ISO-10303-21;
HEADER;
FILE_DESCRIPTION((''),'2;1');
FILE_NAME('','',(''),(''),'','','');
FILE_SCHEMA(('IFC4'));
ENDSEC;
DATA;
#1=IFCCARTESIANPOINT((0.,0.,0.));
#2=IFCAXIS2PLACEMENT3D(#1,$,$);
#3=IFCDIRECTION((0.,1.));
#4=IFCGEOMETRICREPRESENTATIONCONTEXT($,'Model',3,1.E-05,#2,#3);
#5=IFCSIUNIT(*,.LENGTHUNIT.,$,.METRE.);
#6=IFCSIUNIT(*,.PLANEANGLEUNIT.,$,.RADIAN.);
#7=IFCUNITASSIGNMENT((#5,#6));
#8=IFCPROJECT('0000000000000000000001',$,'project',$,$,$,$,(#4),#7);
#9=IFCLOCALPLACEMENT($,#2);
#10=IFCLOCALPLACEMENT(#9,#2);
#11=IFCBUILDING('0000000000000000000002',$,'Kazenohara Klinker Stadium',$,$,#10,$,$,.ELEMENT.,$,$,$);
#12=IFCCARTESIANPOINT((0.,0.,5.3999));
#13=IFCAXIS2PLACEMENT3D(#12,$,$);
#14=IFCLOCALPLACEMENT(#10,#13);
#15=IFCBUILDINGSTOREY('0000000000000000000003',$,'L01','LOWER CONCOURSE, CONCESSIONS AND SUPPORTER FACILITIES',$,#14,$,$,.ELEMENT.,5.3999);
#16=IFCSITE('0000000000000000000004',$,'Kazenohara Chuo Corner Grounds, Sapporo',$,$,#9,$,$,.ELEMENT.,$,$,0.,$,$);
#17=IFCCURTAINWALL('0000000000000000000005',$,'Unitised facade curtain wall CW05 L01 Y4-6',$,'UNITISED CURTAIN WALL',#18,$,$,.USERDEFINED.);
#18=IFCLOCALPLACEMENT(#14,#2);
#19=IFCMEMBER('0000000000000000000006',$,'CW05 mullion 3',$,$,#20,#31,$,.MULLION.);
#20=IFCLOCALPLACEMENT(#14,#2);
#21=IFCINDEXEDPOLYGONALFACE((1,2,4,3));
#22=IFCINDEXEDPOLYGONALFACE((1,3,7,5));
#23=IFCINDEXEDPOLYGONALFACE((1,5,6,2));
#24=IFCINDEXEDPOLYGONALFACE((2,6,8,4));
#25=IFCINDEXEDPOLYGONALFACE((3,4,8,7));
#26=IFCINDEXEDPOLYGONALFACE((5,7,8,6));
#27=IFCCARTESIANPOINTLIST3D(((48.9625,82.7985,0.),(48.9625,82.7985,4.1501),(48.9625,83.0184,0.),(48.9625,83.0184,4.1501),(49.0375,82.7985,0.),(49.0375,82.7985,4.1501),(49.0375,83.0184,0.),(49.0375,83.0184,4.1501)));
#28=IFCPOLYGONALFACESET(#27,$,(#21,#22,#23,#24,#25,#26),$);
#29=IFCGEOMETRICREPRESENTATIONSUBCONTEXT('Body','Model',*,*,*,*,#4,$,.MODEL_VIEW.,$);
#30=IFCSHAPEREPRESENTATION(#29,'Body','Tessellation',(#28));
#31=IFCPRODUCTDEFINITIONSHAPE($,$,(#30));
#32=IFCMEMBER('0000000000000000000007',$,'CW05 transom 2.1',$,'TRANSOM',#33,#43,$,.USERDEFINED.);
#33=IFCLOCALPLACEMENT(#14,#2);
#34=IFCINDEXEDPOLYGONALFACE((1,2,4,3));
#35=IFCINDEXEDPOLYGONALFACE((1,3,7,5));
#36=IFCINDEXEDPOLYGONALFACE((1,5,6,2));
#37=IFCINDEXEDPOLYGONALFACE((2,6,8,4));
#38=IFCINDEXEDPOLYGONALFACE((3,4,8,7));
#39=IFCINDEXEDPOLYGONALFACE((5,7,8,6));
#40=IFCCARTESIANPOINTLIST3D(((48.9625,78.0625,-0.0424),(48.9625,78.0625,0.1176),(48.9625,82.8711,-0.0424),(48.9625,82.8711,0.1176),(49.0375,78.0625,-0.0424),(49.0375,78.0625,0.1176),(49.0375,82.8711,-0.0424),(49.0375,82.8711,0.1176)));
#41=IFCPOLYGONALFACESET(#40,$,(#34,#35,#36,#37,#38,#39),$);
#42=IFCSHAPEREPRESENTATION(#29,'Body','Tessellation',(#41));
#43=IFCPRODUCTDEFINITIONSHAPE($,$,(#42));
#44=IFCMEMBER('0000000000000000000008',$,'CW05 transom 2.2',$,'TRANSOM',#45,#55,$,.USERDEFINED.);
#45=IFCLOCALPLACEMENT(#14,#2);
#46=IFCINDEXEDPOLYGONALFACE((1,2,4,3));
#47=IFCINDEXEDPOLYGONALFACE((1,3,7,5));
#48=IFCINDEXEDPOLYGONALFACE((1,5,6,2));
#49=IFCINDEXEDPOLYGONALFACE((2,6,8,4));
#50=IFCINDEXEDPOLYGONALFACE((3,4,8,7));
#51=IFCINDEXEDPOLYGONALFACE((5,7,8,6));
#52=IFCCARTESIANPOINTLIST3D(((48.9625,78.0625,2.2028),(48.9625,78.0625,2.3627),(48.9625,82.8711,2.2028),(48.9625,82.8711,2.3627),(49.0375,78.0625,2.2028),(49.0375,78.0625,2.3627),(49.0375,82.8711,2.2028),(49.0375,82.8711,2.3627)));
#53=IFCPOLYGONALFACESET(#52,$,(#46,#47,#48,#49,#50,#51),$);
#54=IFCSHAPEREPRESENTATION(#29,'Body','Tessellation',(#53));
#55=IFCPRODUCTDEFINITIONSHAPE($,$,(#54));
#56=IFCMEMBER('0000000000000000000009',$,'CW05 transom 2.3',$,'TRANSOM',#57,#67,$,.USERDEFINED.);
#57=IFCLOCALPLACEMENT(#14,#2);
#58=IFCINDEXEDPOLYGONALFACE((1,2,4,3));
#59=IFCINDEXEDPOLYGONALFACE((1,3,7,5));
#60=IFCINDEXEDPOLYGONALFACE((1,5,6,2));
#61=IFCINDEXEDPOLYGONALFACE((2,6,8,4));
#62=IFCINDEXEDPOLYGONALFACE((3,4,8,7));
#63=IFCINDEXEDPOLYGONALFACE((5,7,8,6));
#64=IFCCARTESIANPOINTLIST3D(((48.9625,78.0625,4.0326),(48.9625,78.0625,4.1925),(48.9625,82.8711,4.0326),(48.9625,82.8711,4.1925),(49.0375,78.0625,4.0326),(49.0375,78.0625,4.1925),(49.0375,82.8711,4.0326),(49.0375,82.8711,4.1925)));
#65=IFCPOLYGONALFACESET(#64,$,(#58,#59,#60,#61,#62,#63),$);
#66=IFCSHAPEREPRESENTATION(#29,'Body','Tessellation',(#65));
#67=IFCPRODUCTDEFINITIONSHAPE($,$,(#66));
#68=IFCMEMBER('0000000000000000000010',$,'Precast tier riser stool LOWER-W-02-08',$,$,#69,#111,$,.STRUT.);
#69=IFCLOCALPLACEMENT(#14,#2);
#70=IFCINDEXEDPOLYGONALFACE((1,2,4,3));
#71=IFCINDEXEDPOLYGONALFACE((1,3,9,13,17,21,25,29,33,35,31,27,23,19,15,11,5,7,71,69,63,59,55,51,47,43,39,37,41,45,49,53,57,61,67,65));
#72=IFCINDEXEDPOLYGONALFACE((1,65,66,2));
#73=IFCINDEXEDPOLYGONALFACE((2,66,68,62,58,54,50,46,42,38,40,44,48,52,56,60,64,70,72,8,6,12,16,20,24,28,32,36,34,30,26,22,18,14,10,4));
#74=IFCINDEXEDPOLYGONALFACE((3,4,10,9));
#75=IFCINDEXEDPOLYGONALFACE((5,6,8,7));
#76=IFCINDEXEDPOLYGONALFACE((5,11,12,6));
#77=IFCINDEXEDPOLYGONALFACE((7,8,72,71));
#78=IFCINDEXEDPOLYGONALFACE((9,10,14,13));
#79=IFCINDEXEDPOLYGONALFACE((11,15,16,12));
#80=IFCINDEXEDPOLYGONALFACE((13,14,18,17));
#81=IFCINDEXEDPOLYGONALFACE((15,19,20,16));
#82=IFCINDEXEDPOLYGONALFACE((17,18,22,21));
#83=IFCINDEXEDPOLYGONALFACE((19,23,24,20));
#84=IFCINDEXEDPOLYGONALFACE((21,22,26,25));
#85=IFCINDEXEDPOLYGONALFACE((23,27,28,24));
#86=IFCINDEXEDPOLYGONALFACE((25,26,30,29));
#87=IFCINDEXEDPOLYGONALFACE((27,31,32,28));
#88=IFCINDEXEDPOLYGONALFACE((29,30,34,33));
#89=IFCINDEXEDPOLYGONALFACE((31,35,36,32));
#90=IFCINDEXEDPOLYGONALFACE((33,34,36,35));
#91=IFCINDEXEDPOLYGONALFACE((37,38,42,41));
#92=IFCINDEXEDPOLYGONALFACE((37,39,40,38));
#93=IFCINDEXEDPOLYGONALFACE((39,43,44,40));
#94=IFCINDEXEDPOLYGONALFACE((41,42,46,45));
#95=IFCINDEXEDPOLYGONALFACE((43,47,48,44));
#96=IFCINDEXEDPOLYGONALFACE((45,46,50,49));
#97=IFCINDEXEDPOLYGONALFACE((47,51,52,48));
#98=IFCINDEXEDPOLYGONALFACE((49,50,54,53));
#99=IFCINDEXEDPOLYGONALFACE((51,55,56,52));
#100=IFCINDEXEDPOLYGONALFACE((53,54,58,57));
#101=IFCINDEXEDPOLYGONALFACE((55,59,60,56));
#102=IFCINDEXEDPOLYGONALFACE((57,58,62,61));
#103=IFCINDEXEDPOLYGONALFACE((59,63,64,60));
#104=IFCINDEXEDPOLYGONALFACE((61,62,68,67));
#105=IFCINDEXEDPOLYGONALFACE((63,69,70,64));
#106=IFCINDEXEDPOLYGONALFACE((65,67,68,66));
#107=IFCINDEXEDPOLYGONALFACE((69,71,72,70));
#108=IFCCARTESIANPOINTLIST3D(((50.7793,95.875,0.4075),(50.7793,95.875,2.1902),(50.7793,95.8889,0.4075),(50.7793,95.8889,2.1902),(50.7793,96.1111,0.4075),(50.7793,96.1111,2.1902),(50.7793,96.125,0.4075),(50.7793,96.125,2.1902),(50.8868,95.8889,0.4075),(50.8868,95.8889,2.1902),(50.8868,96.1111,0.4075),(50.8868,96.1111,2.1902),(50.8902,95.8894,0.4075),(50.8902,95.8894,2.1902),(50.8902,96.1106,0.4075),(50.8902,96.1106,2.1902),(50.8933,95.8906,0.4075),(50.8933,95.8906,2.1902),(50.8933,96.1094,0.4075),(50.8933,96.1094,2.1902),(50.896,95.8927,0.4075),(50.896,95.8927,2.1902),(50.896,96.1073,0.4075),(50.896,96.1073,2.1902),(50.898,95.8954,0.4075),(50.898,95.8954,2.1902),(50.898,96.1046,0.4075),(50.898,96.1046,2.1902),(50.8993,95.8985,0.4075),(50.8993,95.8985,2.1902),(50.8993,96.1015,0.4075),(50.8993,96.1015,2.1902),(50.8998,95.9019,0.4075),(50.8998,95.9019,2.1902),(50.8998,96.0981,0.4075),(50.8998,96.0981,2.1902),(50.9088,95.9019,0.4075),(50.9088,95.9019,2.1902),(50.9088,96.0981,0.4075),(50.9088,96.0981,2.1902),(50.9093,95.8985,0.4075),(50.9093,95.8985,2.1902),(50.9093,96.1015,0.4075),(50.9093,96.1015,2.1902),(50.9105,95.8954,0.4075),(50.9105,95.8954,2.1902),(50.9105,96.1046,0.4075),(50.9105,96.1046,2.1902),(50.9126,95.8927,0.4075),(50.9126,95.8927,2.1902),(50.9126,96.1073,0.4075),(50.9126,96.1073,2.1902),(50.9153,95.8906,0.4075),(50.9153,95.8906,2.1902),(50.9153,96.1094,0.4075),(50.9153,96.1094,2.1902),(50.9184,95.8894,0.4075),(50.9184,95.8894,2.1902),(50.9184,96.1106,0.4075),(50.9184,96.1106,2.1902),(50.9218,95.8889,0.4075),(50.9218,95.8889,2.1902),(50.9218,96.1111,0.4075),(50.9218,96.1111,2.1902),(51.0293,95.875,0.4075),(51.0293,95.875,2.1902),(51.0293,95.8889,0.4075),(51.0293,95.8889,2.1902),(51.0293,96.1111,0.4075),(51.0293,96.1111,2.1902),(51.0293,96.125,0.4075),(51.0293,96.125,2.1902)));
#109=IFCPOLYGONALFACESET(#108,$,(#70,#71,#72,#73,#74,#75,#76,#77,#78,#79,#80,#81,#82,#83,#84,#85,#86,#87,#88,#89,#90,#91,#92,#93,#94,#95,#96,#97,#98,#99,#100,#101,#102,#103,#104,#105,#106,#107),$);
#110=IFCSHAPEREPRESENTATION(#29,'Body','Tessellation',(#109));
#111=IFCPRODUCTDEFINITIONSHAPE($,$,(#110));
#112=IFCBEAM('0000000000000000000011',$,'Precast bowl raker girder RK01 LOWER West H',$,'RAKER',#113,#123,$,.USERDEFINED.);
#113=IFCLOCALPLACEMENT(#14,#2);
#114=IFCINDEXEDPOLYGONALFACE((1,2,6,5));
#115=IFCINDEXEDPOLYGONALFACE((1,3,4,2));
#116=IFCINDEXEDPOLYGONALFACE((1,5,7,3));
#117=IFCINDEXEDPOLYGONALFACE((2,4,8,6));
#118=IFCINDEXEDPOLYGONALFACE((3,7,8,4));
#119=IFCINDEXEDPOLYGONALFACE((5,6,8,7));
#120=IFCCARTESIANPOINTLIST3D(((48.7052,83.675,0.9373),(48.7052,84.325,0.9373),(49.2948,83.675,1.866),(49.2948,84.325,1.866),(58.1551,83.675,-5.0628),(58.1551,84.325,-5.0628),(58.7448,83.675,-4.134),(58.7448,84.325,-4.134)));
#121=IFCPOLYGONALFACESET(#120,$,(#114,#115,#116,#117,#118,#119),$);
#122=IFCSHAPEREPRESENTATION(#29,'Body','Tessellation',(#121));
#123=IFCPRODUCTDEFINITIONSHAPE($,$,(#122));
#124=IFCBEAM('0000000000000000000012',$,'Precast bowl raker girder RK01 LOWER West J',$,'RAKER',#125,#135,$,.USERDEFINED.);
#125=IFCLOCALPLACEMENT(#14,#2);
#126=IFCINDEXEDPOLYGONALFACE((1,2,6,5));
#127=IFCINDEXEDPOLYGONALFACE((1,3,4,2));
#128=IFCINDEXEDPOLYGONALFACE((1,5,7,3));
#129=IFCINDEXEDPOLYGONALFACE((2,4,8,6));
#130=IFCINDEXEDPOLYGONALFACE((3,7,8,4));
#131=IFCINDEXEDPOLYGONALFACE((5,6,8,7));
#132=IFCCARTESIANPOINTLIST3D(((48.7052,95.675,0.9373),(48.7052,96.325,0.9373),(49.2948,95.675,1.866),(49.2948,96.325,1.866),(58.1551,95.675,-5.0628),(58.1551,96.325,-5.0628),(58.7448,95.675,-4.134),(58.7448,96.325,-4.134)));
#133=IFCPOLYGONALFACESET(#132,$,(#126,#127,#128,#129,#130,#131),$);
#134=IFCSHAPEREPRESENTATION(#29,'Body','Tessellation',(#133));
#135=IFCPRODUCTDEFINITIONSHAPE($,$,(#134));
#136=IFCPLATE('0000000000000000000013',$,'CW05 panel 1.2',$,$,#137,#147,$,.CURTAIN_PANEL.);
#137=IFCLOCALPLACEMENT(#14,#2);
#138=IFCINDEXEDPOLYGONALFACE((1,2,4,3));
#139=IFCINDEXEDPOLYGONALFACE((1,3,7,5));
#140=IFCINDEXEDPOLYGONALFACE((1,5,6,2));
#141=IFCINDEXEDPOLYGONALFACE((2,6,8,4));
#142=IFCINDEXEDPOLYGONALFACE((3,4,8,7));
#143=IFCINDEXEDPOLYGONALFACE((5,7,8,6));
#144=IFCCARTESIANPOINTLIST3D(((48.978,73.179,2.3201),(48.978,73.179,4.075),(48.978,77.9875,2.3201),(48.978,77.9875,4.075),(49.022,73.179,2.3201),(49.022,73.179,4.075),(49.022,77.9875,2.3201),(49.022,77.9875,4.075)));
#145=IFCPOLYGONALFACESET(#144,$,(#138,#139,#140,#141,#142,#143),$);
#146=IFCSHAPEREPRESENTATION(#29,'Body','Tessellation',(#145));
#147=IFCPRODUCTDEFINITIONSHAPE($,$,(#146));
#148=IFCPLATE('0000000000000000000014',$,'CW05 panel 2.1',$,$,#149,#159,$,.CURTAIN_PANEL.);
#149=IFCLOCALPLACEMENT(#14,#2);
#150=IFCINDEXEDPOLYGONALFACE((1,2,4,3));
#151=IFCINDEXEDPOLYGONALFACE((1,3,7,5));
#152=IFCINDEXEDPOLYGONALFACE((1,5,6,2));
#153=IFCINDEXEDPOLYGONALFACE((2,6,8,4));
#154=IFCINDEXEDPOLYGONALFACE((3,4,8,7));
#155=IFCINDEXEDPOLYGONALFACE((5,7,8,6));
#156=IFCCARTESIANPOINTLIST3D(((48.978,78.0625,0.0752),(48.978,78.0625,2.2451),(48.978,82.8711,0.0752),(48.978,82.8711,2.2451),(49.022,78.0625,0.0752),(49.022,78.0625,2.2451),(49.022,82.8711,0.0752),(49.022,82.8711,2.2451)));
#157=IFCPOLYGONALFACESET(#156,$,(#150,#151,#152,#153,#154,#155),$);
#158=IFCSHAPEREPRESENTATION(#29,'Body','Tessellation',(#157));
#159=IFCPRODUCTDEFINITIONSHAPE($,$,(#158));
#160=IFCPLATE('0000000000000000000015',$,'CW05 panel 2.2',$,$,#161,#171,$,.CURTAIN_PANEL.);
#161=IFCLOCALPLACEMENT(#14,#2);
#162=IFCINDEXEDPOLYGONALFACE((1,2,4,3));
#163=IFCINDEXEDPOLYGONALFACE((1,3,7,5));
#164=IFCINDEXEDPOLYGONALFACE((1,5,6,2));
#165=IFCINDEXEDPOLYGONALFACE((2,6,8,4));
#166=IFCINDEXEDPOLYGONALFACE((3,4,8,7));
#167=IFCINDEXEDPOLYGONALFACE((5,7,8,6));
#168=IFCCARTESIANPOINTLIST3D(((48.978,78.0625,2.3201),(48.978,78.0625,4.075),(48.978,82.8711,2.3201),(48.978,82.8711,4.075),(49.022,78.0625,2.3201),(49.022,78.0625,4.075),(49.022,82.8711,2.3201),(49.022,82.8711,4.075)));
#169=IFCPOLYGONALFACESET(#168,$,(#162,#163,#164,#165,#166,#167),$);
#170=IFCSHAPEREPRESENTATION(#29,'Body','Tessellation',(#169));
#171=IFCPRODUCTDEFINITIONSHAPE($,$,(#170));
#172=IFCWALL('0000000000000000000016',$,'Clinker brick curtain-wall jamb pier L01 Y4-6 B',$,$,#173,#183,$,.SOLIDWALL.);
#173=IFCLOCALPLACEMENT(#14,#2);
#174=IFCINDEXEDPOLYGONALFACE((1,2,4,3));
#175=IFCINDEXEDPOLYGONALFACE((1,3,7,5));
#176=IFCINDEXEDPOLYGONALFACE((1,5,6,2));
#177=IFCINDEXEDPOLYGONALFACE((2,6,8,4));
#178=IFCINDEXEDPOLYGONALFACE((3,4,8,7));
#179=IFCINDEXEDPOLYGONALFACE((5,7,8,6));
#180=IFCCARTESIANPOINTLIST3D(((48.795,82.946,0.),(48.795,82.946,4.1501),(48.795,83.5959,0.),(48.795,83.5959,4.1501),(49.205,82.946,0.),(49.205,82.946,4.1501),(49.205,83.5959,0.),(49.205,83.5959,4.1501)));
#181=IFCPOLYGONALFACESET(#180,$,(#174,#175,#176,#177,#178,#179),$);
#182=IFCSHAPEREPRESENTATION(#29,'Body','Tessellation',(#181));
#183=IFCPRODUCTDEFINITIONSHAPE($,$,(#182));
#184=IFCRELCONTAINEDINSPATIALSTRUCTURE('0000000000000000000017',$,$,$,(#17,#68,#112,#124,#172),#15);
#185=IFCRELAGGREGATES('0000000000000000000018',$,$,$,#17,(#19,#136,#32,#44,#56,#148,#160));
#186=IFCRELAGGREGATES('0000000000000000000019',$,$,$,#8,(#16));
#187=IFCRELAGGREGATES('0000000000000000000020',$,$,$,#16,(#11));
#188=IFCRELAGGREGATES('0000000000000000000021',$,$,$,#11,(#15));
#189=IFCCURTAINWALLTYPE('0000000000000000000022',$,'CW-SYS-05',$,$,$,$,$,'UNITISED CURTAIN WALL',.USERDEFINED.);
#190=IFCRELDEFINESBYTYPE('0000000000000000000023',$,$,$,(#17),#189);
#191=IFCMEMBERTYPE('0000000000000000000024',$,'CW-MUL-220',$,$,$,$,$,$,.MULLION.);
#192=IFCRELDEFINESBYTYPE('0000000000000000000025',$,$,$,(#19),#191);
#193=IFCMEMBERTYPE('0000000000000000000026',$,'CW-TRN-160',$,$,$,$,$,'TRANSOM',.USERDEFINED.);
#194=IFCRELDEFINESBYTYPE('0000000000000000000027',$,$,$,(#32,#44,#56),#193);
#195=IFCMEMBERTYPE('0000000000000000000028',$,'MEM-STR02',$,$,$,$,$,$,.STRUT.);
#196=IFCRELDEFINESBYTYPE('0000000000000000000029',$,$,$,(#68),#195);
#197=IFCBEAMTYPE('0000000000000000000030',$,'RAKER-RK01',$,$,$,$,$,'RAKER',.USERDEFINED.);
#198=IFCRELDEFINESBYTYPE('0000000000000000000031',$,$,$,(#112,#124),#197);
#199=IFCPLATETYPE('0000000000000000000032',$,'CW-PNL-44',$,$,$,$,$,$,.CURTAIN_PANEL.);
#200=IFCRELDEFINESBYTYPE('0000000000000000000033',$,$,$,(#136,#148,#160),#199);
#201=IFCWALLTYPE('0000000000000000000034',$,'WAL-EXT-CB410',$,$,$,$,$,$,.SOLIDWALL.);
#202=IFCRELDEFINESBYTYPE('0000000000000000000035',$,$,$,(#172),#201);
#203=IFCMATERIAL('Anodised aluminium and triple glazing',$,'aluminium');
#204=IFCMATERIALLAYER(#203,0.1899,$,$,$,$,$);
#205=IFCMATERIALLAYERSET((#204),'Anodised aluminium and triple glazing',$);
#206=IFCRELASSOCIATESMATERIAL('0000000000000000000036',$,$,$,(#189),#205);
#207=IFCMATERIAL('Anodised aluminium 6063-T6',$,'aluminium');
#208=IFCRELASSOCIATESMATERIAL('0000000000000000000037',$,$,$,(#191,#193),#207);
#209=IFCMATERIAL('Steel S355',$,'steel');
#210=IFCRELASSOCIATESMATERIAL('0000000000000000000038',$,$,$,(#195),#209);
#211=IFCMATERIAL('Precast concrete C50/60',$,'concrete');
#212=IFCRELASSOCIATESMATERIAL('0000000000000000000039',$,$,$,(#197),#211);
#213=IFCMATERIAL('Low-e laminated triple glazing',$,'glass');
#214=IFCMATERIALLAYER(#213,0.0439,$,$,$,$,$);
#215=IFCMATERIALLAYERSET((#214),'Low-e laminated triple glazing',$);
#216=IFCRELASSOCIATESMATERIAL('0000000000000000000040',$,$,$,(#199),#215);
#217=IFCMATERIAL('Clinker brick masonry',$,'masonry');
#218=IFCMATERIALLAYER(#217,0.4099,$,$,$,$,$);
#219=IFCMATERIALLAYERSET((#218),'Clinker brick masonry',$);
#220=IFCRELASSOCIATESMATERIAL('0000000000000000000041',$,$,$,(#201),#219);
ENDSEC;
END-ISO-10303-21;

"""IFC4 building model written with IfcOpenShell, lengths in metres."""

from ifc_helpers import new_model, si_unit, direction, frame, frame_2d, origin, origin_2d, place, context, subcontext, project, spatial, rectangle, i_section, extrude, material, layer, layer_set, material_profile, profile_set, type_object, element, aggregate, save


model = new_model("IFC4")

# Units and contexts
model_context = context("Model", 3, precision=1e-05, world=origin(), true_north=direction((0.0, 1.0)))
body_context = subcontext(model_context, "Body", "Model", "MODEL_VIEW")
ifc_project = project(units=[si_unit("LENGTHUNIT", "METRE"), si_unit("PLANEANGLEUNIT", "RADIAN")], contexts=[model_context])

# Site, building, storey
site_placement = place(None, origin())
site = spatial("IfcSite", under=ifc_project, at=site_placement, Name="Kazenohara Chuo Corner Grounds, Sapporo", CompositionType="ELEMENT", RefElevation=0.0)
building_placement = place(site_placement, origin())
building = spatial("IfcBuilding", under=site, at=building_placement, Name="Kazenohara Klinker Stadium", CompositionType="ELEMENT")
storey_placement = place(building_placement, frame((0.0, 0.0, 5.3999)))
storey = spatial("IfcBuildingStorey", under=building, at=storey_placement, Name="L01", Description="LOWER CONCOURSE, CONCESSIONS AND SUPPORTER FACILITIES", CompositionType="ELEMENT", Elevation=5.3999)

# Shared definitions
ifc_material_1 = material(Name="Steel S355", Category="steel")

# Curtain wall, members
ifc_material_2 = material(Name="Anodised aluminium and triple glazing", Category="aluminium")
ifc_layer_1 = layer(ifc_material_2, 0.1899)
ifc_layer_set_1 = layer_set([ifc_layer_1], Name="Anodised aluminium and triple glazing")
curtain_wall_type = type_object("IfcCurtainWallType", Name="CW-SYS-05", ElementType="UNITISED CURTAIN WALL", PredefinedType="USERDEFINED", material=ifc_layer_set_1)
curtain_wall_placement = place(storey_placement, origin())
curtain_wall = element("IfcCurtainWall", 1, at=curtain_wall_placement, inside=storey, type_object=curtain_wall_type, Name="Unitised facade curtain wall CW05 L01 Y4-6", ObjectType="UNITISED CURTAIN WALL", PredefinedType="USERDEFINED")
ifc_material_3 = material(Name="Anodised aluminium 6063-T6", Category="aluminium")
ifc_material_profile_1 = material_profile(ifc_material_3, rectangle(XDim=0.075, YDim=0.22, at=origin_2d()), Name="ALU-MUL-75x220")
ifc_profile_set_1 = profile_set([ifc_material_profile_1], Name="Anodised aluminium 6063-T6")
member_type_1 = type_object("IfcMemberType", Name="CW-MUL-220", PredefinedType="MULLION", material=ifc_profile_set_1)
member_1_placement = place(storey_placement, frame((49.0, 82.9084, 0.0), z_axis=(0.0, 0.0, 1.0), x_axis=(-1.0, 0.0, 0.0)))
member_1 = element("IfcMember", 2, at=member_1_placement, type_object=member_type_1, Name="CW05 mullion 3", PredefinedType="MULLION", context=body_context, shape_type="SweptSolid", body=[
    extrude(rectangle(XDim=0.075, YDim=0.22, at=origin_2d()), origin(), (0.0, 0.0, 1.0), 4.1501),
])
ifc_material_profile_2 = material_profile(ifc_material_3, rectangle(XDim=0.075, YDim=0.1599, at=origin_2d()), Name="ALU-TRN-75x160")
ifc_profile_set_2 = profile_set([ifc_material_profile_2], Name="Anodised aluminium 6063-T6")
member_type_2 = type_object("IfcMemberType", Name="CW-TRN-160", ElementType="TRANSOM", PredefinedType="USERDEFINED", material=ifc_profile_set_2)
member_2_placement = place(storey_placement, frame((49.0, 78.0625, 0.0376), z_axis=(0.0, 1.0, 0.0), x_axis=(-1.0, 0.0, 0.0)))
member_2 = element("IfcMember", 3, at=member_2_placement, type_object=member_type_2, Name="CW05 transom 2.1", ObjectType="TRANSOM", PredefinedType="USERDEFINED", context=body_context, shape_type="SweptSolid", body=[
    extrude(rectangle(XDim=0.075, YDim=0.1599, at=origin_2d()), origin(), (0.0, 0.0, 1.0), 4.8086),
])
member_3_placement = place(storey_placement, frame((49.0, 78.0625, 2.2827), z_axis=(0.0, 1.0, 0.0), x_axis=(-1.0, 0.0, 0.0)))
member_3 = element("IfcMember", 4, at=member_3_placement, type_object=member_type_2, Name="CW05 transom 2.2", ObjectType="TRANSOM", PredefinedType="USERDEFINED", context=body_context, shape_type="SweptSolid", body=[
    extrude(rectangle(XDim=0.075, YDim=0.1599, at=origin_2d()), origin(), (0.0, 0.0, 1.0), 4.8086),
])
member_4_placement = place(storey_placement, frame((49.0, 78.0625, 4.1125), z_axis=(0.0, 1.0, 0.0), x_axis=(-1.0, 0.0, 0.0)))
member_4 = element("IfcMember", 5, at=member_4_placement, type_object=member_type_2, Name="CW05 transom 2.3", ObjectType="TRANSOM", PredefinedType="USERDEFINED", context=body_context, shape_type="SweptSolid", body=[
    extrude(rectangle(XDim=0.075, YDim=0.1599, at=origin_2d()), origin(), (0.0, 0.0, 1.0), 4.8086),
])

# Member
ifc_material_profile_3 = material_profile(ifc_material_1, i_section(OverallWidth=0.25, OverallDepth=0.25, WebThickness=0.009, FlangeThickness=0.0139, FilletRadius=0.0129, at=origin_2d()), Name="H-250x250x9x14")
ifc_profile_set_3 = profile_set([ifc_material_profile_3], Name="Steel S355")
member_type_3 = type_object("IfcMemberType", Name="MEM-STR02", PredefinedType="STRUT", material=ifc_profile_set_3)
member_5_placement = place(storey_placement, frame((50.9043, 96.0, 0.4075), z_axis=(0.0, 0.0, 1.0), x_axis=(1.0, 0.0, 0.0)))
element("IfcMember", 6, at=member_5_placement, inside=storey, type_object=member_type_3, Name="Precast tier riser stool LOWER-W-02-08", PredefinedType="STRUT", context=body_context, shape_type="SweptSolid", body=[
    extrude(i_section(OverallWidth=0.25, OverallDepth=0.25, WebThickness=0.009, FlangeThickness=0.0139, FilletRadius=0.0129, at=origin_2d()), origin(), (0.0, 0.0, 1.0), 1.7827),
])

# Beams
ifc_material_4 = material(Name="Precast concrete C50/60", Category="concrete")
ifc_material_profile_4 = material_profile(ifc_material_4, rectangle(XDim=0.6499, YDim=1.1001, at=origin_2d()), Name="PC-RAKER-650x1100")
ifc_profile_set_4 = profile_set([ifc_material_profile_4], Name="Precast concrete C50/60")
beam_type_1 = type_object("IfcBeamType", Name="RAKER-RK01", ElementType="RAKER", PredefinedType="USERDEFINED", material=ifc_profile_set_4)
for number, where, z_axis, x_axis, name in (
    (7, (49.0, 84.0, 1.4016), (0.844212, 0.0, -0.53601), (0.0, 1.0, 0.0), "Precast bowl raker girder RK01 LOWER West H"),
    (8, (49.0, 96.0, 1.4016), (0.844212, 0.0, -0.53601), (0.0, 1.0, 0.0), "Precast bowl raker girder RK01 LOWER West J"),
):
    element("IfcBeam", number, at=place(storey_placement, frame(where, z_axis=z_axis, x_axis=x_axis)), inside=storey, type_object=beam_type_1, Name=name, ObjectType="RAKER", PredefinedType="USERDEFINED", context=body_context, shape_type="SweptSolid", body=[
        extrude(rectangle(XDim=0.6499, YDim=1.1001, at=origin_2d()), origin(), (0.0, 0.0, 1.0), 11.1938),
    ])

# Plates
ifc_material_5 = material(Name="Low-e laminated triple glazing", Category="glass")
ifc_layer_2 = layer(ifc_material_5, 0.0439)
ifc_layer_set_2 = layer_set([ifc_layer_2], Name="Low-e laminated triple glazing")
plate_type = type_object("IfcPlateType", Name="CW-PNL-44", PredefinedType="CURTAIN_PANEL", material=ifc_layer_set_2)
plate_1_placement = place(storey_placement, frame((49.0, 75.5833, 2.3201), z_axis=(0.0, 0.0, 1.0), x_axis=(0.0, 1.0, 0.0)))
plate_1 = element("IfcPlate", 9, at=plate_1_placement, type_object=plate_type, Name="CW05 panel 1.2", PredefinedType="CURTAIN_PANEL", context=body_context, shape_type="SweptSolid", body=[
    extrude(rectangle(XDim=4.8086, YDim=0.0439, at=origin_2d()), origin(), (0.0, 0.0, 1.0), 1.7549),
])
plate_2_placement = place(storey_placement, frame((49.0, 80.4668, 0.0752), z_axis=(0.0, 0.0, 1.0), x_axis=(0.0, 1.0, 0.0)))
plate_2 = element("IfcPlate", 10, at=plate_2_placement, type_object=plate_type, Name="CW05 panel 2.1", PredefinedType="CURTAIN_PANEL", context=body_context, shape_type="SweptSolid", body=[
    extrude(rectangle(XDim=4.8086, YDim=0.0439, at=origin_2d()), origin(), (0.0, 0.0, 1.0), 2.1699),
])
plate_3_placement = place(storey_placement, frame((49.0, 80.4668, 2.3201), z_axis=(0.0, 0.0, 1.0), x_axis=(0.0, 1.0, 0.0)))
plate_3 = element("IfcPlate", 11, at=plate_3_placement, type_object=plate_type, Name="CW05 panel 2.2", PredefinedType="CURTAIN_PANEL", context=body_context, shape_type="SweptSolid", body=[
    extrude(rectangle(XDim=4.8086, YDim=0.0439, at=origin_2d()), origin(), (0.0, 0.0, 1.0), 1.7549),
])
aggregate(curtain_wall, [member_1, plate_1, member_2, member_3, member_4, plate_2, plate_3])

# Wall
ifc_material_6 = material(Name="Clinker brick masonry", Category="masonry")
ifc_layer_3 = layer(ifc_material_6, 0.4099)
ifc_layer_set_3 = layer_set([ifc_layer_3], Name="Clinker brick masonry")
wall_type_1 = type_object("IfcWallType", Name="WAL-EXT-CB410", PredefinedType="SOLIDWALL", material=ifc_layer_set_3)
wall_1_placement = place(storey_placement, frame((49.0, 82.946, 0.0), z_axis=(0.0, 0.0, 1.0), x_axis=(0.0, 1.0, 0.0)))
element("IfcWall", 12, at=wall_1_placement, inside=storey, type_object=wall_type_1, Name="Clinker brick curtain-wall jamb pier L01 Y4-6 B", PredefinedType="SOLIDWALL", context=body_context, shape_type="SweptSolid", body=[
    extrude(rectangle(XDim=0.6499, YDim=0.4099, at=frame_2d((0.325, 0.0))), origin(), (0.0, 0.0, 1.0), 4.1501),
])

save(model, "model.ifc")
